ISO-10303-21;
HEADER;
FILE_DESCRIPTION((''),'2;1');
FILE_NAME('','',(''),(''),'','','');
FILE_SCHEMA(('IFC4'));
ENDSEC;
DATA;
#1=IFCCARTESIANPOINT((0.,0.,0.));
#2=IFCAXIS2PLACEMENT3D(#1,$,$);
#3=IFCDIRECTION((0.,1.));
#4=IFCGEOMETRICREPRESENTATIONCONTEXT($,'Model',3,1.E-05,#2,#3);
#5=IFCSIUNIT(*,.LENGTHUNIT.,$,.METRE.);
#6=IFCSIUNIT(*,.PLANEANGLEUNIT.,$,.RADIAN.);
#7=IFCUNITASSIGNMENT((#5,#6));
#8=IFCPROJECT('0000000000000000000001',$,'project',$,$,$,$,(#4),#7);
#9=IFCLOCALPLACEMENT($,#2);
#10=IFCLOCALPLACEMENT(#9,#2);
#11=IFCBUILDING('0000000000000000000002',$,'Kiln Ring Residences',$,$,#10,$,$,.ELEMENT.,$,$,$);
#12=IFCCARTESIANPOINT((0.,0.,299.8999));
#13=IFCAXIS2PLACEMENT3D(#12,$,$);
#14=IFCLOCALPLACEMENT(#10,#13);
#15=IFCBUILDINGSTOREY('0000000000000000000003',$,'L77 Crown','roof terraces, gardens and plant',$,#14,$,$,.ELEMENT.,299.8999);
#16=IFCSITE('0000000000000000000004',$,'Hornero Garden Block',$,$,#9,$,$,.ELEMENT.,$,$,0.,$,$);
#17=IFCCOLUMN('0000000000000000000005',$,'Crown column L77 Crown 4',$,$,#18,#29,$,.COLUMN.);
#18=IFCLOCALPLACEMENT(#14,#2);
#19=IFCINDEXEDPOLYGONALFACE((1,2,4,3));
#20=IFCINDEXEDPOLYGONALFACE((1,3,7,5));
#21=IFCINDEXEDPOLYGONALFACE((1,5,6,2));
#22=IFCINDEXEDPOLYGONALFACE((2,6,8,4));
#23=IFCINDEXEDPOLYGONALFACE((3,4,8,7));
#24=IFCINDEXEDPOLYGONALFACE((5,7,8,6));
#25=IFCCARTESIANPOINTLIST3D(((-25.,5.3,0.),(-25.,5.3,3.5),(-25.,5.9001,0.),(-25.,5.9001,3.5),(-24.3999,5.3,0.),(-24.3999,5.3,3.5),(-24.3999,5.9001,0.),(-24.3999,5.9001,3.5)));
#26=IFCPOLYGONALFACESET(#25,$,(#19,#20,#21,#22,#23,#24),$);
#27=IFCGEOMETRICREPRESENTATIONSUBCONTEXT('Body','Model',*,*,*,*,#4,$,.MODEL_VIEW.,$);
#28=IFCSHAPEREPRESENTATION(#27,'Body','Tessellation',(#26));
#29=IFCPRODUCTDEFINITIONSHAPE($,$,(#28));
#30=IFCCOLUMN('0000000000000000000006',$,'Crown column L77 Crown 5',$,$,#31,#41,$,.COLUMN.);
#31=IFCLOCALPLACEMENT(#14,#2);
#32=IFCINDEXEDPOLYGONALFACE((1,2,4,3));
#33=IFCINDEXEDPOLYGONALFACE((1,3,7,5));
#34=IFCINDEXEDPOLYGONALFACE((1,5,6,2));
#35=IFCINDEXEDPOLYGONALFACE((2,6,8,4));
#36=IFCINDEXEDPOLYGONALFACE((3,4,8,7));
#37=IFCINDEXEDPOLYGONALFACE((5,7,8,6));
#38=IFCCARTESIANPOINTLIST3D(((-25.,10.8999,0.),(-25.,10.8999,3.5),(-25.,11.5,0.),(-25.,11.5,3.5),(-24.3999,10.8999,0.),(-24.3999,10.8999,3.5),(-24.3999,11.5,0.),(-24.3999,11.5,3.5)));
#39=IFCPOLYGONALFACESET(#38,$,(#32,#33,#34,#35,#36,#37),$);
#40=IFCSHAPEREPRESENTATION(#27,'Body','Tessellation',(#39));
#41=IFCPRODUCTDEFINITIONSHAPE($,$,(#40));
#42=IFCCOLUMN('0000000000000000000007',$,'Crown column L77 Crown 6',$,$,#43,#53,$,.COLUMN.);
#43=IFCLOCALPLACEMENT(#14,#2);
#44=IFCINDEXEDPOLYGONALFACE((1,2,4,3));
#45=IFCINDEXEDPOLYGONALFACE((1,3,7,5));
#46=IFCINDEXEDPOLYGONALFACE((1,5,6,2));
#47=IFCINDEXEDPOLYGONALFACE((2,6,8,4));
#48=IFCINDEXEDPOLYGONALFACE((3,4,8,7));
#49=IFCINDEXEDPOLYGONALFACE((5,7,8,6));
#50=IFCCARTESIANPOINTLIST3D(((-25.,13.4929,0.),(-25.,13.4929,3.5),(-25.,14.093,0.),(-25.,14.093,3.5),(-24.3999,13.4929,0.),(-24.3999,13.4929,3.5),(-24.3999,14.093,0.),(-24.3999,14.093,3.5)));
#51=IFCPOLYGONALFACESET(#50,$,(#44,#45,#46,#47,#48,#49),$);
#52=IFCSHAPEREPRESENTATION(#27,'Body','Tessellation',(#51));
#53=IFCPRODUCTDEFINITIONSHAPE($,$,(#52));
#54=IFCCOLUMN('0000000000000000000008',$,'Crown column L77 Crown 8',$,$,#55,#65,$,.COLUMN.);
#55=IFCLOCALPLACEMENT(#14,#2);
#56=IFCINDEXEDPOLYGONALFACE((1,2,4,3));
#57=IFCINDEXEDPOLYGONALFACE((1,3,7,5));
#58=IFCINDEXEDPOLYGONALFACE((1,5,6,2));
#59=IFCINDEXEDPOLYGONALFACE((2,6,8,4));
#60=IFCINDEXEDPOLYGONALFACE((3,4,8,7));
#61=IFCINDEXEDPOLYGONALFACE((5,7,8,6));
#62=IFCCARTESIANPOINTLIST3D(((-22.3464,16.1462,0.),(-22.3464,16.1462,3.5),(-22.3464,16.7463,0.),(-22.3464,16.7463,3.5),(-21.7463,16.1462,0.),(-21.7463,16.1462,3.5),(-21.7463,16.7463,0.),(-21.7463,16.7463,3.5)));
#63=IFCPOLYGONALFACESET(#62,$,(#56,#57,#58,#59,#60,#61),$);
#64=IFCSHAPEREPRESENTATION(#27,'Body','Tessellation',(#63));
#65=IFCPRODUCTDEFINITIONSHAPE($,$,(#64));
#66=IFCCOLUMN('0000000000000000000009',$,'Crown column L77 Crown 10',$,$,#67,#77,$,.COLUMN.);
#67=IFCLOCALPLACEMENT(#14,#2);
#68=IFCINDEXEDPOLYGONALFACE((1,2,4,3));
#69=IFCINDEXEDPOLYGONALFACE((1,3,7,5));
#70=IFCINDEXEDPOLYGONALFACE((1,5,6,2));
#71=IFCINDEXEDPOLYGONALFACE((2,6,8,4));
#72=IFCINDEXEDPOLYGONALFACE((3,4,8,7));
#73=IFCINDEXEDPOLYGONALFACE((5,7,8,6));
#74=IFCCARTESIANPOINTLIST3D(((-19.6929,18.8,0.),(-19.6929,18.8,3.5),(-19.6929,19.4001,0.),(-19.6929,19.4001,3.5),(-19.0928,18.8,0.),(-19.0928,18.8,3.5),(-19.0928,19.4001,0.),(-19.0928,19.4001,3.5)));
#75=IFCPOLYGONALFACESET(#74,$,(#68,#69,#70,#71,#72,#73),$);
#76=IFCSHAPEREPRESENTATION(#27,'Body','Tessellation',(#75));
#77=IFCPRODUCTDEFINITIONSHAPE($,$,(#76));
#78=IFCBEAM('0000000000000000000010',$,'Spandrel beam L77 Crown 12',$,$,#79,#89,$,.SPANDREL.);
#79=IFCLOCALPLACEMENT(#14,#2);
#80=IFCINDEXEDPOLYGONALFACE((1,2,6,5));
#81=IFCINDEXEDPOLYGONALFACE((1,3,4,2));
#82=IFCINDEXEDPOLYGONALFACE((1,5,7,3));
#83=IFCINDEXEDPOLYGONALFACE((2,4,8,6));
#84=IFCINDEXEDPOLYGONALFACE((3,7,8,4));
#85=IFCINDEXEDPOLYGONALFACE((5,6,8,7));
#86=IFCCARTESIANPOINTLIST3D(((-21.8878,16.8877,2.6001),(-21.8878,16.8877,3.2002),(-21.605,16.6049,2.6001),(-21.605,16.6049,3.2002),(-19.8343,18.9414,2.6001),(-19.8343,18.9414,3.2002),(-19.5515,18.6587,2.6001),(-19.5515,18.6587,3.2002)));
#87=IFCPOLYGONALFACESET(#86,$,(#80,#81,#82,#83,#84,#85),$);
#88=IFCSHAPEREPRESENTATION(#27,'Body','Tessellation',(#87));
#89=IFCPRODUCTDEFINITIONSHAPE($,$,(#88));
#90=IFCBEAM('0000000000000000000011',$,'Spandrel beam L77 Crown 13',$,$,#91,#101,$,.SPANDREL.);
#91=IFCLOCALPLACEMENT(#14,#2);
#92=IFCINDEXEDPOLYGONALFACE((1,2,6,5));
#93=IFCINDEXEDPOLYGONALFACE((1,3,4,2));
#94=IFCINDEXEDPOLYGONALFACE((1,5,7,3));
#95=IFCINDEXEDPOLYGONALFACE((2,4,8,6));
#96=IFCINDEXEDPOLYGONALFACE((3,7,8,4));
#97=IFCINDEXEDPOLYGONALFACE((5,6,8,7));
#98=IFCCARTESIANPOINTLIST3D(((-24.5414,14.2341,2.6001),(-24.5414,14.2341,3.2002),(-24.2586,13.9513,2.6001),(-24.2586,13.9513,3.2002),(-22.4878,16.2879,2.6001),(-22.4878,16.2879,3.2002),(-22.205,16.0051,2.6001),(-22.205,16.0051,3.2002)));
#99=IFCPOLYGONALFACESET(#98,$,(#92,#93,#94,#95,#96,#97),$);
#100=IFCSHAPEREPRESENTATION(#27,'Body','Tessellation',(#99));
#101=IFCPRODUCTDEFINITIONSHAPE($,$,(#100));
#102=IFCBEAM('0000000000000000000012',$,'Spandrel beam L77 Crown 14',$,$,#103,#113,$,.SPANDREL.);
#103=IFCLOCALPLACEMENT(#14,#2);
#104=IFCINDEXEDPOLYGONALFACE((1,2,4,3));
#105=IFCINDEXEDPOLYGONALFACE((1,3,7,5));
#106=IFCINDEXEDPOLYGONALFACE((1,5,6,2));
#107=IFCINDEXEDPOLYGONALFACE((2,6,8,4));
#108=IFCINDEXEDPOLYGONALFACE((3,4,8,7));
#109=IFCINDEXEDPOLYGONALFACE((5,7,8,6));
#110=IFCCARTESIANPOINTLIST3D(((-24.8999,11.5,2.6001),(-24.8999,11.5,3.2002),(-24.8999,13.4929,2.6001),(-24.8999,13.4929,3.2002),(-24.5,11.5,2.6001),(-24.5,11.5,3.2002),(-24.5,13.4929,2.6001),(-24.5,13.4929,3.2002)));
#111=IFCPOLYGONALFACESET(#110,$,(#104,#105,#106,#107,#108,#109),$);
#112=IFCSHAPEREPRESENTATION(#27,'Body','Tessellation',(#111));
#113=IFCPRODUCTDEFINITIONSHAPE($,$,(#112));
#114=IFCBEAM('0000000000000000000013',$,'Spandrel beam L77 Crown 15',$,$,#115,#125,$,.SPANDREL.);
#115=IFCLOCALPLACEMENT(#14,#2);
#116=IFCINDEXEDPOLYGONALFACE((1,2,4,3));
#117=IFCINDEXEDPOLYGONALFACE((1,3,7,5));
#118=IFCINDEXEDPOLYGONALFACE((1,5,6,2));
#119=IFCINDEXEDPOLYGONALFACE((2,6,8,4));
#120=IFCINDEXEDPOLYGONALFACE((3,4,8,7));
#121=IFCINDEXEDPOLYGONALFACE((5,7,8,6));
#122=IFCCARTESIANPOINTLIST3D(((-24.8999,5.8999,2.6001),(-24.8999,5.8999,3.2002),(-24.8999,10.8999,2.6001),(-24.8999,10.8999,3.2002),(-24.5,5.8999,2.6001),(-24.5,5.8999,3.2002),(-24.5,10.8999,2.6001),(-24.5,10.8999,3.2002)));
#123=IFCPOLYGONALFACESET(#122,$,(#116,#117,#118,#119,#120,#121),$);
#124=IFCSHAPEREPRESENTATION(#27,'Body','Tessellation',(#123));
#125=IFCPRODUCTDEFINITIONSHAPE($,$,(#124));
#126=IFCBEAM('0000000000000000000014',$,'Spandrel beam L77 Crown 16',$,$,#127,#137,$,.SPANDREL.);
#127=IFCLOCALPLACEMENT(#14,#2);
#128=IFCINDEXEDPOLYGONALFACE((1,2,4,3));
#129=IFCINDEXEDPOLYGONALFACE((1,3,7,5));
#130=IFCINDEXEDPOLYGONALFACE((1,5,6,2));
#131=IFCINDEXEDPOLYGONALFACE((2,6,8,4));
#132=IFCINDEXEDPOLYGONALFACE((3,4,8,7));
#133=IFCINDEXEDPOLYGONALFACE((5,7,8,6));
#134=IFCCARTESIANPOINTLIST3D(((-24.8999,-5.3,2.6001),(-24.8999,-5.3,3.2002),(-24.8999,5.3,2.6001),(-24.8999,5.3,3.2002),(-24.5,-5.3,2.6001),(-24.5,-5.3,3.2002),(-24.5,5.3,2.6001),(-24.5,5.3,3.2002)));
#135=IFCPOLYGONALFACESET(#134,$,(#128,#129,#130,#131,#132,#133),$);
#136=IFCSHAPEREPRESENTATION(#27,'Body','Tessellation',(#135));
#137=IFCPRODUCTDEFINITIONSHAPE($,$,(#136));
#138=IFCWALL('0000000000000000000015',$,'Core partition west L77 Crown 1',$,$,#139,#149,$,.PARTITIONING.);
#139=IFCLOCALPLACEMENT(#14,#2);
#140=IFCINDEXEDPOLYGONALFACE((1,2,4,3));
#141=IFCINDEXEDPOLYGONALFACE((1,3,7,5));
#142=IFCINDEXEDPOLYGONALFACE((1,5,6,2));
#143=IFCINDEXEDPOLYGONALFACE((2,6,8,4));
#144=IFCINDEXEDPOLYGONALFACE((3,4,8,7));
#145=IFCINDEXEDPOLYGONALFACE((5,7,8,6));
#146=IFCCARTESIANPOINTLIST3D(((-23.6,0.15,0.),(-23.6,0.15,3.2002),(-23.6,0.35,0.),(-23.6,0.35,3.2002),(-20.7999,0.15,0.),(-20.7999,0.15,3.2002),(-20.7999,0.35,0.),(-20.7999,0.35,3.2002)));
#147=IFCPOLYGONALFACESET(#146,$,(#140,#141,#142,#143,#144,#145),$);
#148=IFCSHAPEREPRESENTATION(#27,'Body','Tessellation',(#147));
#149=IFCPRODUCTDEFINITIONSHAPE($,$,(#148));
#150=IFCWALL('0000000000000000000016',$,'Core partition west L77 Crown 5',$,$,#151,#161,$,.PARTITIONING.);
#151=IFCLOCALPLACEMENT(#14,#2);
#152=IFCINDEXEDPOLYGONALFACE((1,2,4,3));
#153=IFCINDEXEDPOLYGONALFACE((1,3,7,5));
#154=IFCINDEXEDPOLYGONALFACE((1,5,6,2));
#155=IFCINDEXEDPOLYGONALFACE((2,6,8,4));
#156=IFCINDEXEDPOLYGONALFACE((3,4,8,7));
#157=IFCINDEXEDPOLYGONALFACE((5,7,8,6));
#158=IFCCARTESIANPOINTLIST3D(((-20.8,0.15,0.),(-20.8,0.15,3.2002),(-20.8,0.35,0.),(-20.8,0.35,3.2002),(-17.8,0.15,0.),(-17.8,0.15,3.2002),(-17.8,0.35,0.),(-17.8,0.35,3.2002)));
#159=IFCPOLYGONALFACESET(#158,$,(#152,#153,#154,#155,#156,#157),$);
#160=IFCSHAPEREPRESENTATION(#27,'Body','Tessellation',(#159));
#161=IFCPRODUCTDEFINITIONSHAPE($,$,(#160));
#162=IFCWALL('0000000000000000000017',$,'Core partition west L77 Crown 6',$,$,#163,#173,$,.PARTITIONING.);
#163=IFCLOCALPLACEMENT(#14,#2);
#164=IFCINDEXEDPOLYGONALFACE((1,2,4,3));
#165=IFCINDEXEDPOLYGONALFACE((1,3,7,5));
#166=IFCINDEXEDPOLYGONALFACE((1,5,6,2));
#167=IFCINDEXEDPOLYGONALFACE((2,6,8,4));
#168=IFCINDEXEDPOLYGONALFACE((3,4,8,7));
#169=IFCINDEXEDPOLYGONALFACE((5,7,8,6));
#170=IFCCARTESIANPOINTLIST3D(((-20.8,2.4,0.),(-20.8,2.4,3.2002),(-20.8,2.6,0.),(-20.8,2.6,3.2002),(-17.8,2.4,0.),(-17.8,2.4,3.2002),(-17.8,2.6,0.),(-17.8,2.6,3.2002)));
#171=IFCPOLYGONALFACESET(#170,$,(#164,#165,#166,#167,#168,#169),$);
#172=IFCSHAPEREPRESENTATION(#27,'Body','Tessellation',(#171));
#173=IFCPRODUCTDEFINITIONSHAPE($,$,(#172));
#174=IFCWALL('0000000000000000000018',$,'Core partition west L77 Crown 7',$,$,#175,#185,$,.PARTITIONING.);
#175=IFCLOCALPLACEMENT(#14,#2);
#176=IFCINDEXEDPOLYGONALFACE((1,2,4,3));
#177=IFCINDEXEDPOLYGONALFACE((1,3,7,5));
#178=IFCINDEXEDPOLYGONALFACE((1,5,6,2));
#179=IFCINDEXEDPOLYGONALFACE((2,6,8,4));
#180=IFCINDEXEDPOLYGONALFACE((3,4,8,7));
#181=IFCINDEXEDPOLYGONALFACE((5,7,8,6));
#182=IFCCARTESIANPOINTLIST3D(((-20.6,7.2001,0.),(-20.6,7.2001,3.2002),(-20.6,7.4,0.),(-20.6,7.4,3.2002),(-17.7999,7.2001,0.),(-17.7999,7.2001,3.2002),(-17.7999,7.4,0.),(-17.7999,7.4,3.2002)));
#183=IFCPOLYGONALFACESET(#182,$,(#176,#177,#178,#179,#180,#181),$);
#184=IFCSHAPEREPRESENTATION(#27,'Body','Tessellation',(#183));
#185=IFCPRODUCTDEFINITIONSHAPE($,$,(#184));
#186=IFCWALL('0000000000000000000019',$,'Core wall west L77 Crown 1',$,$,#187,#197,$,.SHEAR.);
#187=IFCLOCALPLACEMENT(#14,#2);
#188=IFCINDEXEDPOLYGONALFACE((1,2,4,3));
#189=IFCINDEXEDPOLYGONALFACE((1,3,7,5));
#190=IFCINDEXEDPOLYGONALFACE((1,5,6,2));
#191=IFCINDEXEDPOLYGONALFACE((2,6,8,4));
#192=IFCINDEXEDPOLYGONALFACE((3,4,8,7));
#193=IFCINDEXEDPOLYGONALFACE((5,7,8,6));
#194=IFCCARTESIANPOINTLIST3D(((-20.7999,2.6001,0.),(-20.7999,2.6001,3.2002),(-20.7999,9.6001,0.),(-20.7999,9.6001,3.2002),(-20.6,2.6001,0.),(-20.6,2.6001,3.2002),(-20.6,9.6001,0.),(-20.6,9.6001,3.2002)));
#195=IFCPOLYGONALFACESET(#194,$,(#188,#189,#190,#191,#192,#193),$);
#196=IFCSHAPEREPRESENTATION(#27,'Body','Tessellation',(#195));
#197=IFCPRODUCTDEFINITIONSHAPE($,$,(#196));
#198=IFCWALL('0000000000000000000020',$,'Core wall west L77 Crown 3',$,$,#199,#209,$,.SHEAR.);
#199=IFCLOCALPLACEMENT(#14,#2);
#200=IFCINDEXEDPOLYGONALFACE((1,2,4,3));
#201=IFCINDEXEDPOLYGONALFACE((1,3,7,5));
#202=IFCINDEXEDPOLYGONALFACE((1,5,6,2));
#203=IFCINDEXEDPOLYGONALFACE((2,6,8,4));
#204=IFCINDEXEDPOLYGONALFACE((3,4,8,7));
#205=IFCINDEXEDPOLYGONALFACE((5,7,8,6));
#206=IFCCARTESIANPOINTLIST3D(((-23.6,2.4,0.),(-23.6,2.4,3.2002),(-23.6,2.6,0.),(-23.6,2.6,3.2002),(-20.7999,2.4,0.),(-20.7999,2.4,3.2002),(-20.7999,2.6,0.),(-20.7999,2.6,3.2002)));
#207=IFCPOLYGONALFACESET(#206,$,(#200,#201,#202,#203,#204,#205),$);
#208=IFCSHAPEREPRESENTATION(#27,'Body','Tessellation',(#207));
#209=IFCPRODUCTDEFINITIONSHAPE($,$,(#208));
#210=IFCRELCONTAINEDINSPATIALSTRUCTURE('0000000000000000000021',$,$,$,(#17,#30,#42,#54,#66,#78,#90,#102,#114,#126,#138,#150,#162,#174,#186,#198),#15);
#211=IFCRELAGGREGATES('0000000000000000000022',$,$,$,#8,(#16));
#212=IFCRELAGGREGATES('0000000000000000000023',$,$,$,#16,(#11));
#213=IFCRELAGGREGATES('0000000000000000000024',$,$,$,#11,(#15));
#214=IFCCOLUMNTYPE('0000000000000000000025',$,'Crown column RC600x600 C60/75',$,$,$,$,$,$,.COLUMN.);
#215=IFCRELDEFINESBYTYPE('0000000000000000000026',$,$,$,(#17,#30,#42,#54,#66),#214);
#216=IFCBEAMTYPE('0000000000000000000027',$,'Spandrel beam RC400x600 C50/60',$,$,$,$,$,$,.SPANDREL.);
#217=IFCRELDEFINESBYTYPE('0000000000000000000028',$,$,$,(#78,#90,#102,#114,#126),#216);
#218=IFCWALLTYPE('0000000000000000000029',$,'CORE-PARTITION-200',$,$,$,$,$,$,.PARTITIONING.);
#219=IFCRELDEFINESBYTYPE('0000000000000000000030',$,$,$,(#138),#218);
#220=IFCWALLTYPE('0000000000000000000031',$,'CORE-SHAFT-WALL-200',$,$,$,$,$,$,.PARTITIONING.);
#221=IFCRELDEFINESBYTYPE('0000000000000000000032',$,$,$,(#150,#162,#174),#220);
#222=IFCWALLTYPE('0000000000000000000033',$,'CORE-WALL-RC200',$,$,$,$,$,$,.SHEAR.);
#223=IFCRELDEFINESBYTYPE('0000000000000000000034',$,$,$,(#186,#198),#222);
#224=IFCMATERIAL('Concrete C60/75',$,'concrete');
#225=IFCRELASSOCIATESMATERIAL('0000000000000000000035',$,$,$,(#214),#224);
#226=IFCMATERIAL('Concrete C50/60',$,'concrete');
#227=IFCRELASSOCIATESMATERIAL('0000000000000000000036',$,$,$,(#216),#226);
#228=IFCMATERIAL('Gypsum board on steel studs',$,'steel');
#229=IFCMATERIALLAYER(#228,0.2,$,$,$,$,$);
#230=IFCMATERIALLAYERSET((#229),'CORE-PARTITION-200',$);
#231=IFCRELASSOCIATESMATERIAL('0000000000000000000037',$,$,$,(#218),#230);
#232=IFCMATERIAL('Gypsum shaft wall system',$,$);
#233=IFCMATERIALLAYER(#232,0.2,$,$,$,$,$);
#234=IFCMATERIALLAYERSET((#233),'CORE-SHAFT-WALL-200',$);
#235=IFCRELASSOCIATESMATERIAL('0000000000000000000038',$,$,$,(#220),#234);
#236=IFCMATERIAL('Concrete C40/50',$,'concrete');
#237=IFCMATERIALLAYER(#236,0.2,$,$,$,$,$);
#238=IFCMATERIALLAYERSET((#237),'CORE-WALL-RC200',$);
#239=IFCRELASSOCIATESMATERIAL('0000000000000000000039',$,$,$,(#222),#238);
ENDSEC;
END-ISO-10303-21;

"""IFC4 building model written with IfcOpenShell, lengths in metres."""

from ifc_helpers import new_model, si_unit, direction, frame, frame_2d, origin, origin_2d, place, context, subcontext, project, spatial, rectangle, extrude, material, layer, layer_set, material_profile, profile_set, type_object, element, save


model = new_model("IFC4")

# Units and contexts
model_context = context("Model", 3, precision=1e-05, world=origin(), true_north=direction((0.0, 1.0)))
body_context = subcontext(model_context, "Body", "Model", "MODEL_VIEW")
ifc_project = project(units=[si_unit("LENGTHUNIT", "METRE"), si_unit("PLANEANGLEUNIT", "RADIAN")], contexts=[model_context])

# Site, building, storey
site_placement = place(None, origin())
site = spatial("IfcSite", under=ifc_project, at=site_placement, Name="Hornero Garden Block", CompositionType="ELEMENT", RefElevation=0.0)
building_placement = place(site_placement, origin())
building = spatial("IfcBuilding", under=site, at=building_placement, Name="Kiln Ring Residences", CompositionType="ELEMENT")
storey_placement = place(building_placement, frame((0.0, 0.0, 299.8999)))
storey = spatial("IfcBuildingStorey", under=building, at=storey_placement, Name="L77 Crown", Description="roof terraces, gardens and plant", CompositionType="ELEMENT", Elevation=299.8999)

# Columns
ifc_material_1 = material(Name="Concrete C60/75", Category="concrete")
ifc_material_profile_1 = material_profile(ifc_material_1, rectangle(XDim=0.6001, YDim=0.6001, at=origin_2d()), Name="RC600x600")
ifc_profile_set_1 = profile_set([ifc_material_profile_1], Name="Concrete C60/75")
column_type = type_object("IfcColumnType", Name="Crown column RC600x600 C60/75", PredefinedType="COLUMN", material=ifc_profile_set_1)
for number, where, z_axis, x_axis, name in (
    (1, (-24.7, 5.6001, 0.0), (0.0, 0.0, 1.0), (1.0, 0.0, 0.0), "Crown column L77 Crown 4"),
    (2, (-24.7, 11.2, 0.0), (0.0, 0.0, 1.0), (1.0, 0.0, 0.0), "Crown column L77 Crown 5"),
    (3, (-24.7, 13.793, 0.0), (0.0, 0.0, 1.0), (1.0, 0.0, 0.0), "Crown column L77 Crown 6"),
    (4, (-22.0464, 16.4463, 0.0), (0.0, 0.0, 1.0), (1.0, 0.0, 0.0), "Crown column L77 Crown 8"),
    (5, (-19.3928, 19.1001, 0.0), (0.0, 0.0, 1.0), (1.0, 0.0, 0.0), "Crown column L77 Crown 10"),
):
    element("IfcColumn", number, at=place(storey_placement, frame(where, z_axis=z_axis, x_axis=x_axis)), inside=storey, type_object=column_type, Name=name, PredefinedType="COLUMN", context=body_context, shape_type="SweptSolid", body=[
        extrude(rectangle(XDim=0.6001, YDim=0.6001, at=origin_2d()), origin(), (0.0, 0.0, 1.0), 3.5),
    ])

# Beams
ifc_material_2 = material(Name="Concrete C50/60", Category="concrete")
ifc_material_profile_2 = material_profile(ifc_material_2, rectangle(XDim=0.3999, YDim=0.6001, at=origin_2d()), Name="RC400x600")
ifc_profile_set_2 = profile_set([ifc_material_profile_2], Name="Concrete C50/60")
beam_type = type_object("IfcBeamType", Name="Spandrel beam RC400x600 C50/60", PredefinedType="SPANDREL", material=ifc_profile_set_2)
for number, where, z_axis, x_axis, name in (
    (6, (-19.6929, 18.8, 2.9001), (-0.707065, -0.707149, 0.0), (0.707149, -0.707065, 0.0), "Spandrel beam L77 Crown 12"),
    (7, (-22.3464, 16.1465, 2.9001), (-0.707065, -0.707149, 0.0), (0.707149, -0.707065, 0.0), "Spandrel beam L77 Crown 13"),
):
    element("IfcBeam", number, at=place(storey_placement, frame(where, z_axis=z_axis, x_axis=x_axis)), inside=storey, type_object=beam_type, Name=name, PredefinedType="SPANDREL", context=body_context, shape_type="SweptSolid", body=[
        extrude(rectangle(XDim=0.3999, YDim=0.6001, at=origin_2d()), origin(), (0.0, 0.0, 1.0), 2.9043),
    ])
beam_1_placement = place(storey_placement, frame((-24.7, 13.4929, 2.9001), z_axis=(0.0, -1.0, 0.0), x_axis=(1.0, 0.0, 0.0)))
element("IfcBeam", 8, at=beam_1_placement, inside=storey, type_object=beam_type, Name="Spandrel beam L77 Crown 14", PredefinedType="SPANDREL", context=body_context, shape_type="SweptSolid", body=[
    extrude(rectangle(XDim=0.3999, YDim=0.6001, at=origin_2d()), origin(), (0.0, 0.0, 1.0), 1.9929),
])
beam_2_placement = place(storey_placement, frame((-24.7, 10.8999, 2.9001), z_axis=(0.0, -1.0, 0.0), x_axis=(1.0, 0.0, 0.0)))
element("IfcBeam", 9, at=beam_2_placement, inside=storey, type_object=beam_type, Name="Spandrel beam L77 Crown 15", PredefinedType="SPANDREL", context=body_context, shape_type="SweptSolid", body=[
    extrude(rectangle(XDim=0.3999, YDim=0.6001, at=origin_2d()), origin(), (0.0, 0.0, 1.0), 5.0),
])
beam_3_placement = place(storey_placement, frame((-24.7, 5.3, 2.9001), z_axis=(0.0, -1.0, 0.0), x_axis=(1.0, 0.0, 0.0)))
element("IfcBeam", 10, at=beam_3_placement, inside=storey, type_object=beam_type, Name="Spandrel beam L77 Crown 16", PredefinedType="SPANDREL", context=body_context, shape_type="SweptSolid", body=[
    extrude(rectangle(XDim=0.3999, YDim=0.6001, at=origin_2d()), origin(), (0.0, 0.0, 1.0), 10.6001),
])

# Walls
ifc_material_3 = material(Name="Gypsum board on steel studs", Category="steel")
ifc_layer_1 = layer(ifc_material_3, 0.2)
ifc_layer_set_1 = layer_set([ifc_layer_1], Name="CORE-PARTITION-200")
wall_type_1 = type_object("IfcWallType", Name="CORE-PARTITION-200", PredefinedType="PARTITIONING", material=ifc_layer_set_1)
wall_1_placement = place(storey_placement, frame((-20.8, 0.25, 0.0), z_axis=(0.0, 0.0, 1.0), x_axis=(-1.0, 0.0, 0.0)))
element("IfcWall", 11, at=wall_1_placement, inside=storey, type_object=wall_type_1, Name="Core partition west L77 Crown 1", PredefinedType="PARTITIONING", context=body_context, shape_type="SweptSolid", body=[
    extrude(rectangle(XDim=2.8, YDim=0.2, at=frame_2d((1.3999, 0.0))), origin(), (0.0, 0.0, 1.0), 3.2002),
])
ifc_material_4 = material(Name="Gypsum shaft wall system")
ifc_layer_2 = layer(ifc_material_4, 0.2)
ifc_layer_set_2 = layer_set([ifc_layer_2], Name="CORE-SHAFT-WALL-200")
wall_type_2 = type_object("IfcWallType", Name="CORE-SHAFT-WALL-200", PredefinedType="PARTITIONING", material=ifc_layer_set_2)
for number, where, z_axis, x_axis, name in (
    (12, (-17.8, 0.25, 0.0), (0.0, 0.0, 1.0), (-1.0, 0.0, 0.0), "Core partition west L77 Crown 5"),
    (13, (-17.8, 2.5, 0.0), (0.0, 0.0, 1.0), (-1.0, 0.0, 0.0), "Core partition west L77 Crown 6"),
):
    element("IfcWall", number, at=place(storey_placement, frame(where, z_axis=z_axis, x_axis=x_axis)), inside=storey, type_object=wall_type_2, Name=name, PredefinedType="PARTITIONING", context=body_context, shape_type="SweptSolid", body=[
        extrude(rectangle(XDim=3.0, YDim=0.2, at=frame_2d((1.5, 0.0))), origin(), (0.0, 0.0, 1.0), 3.2002),
    ])
wall_2_placement = place(storey_placement, frame((-17.8, 7.3, 0.0), z_axis=(0.0, 0.0, 1.0), x_axis=(-1.0, 0.0, 0.0)))
element("IfcWall", 14, at=wall_2_placement, inside=storey, type_object=wall_type_2, Name="Core partition west L77 Crown 7", PredefinedType="PARTITIONING", context=body_context, shape_type="SweptSolid", body=[
    extrude(rectangle(XDim=2.8, YDim=0.2, at=frame_2d((1.3999, 0.0))), origin(), (0.0, 0.0, 1.0), 3.2002),
])
ifc_material_5 = material(Name="Concrete C40/50", Category="concrete")
ifc_layer_3 = layer(ifc_material_5, 0.2)
ifc_layer_set_3 = layer_set([ifc_layer_3], Name="CORE-WALL-RC200")
wall_type_3 = type_object("IfcWallType", Name="CORE-WALL-RC200", PredefinedType="SHEAR", material=ifc_layer_set_3)
wall_3_placement = place(storey_placement, frame((-20.7, 2.6001, 0.0), z_axis=(0.0, 0.0, 1.0), x_axis=(0.0, 1.0, 0.0)))
element("IfcWall", 15, at=wall_3_placement, inside=storey, type_object=wall_type_3, Name="Core wall west L77 Crown 1", PredefinedType="SHEAR", context=body_context, shape_type="SweptSolid", body=[
    extrude(rectangle(XDim=7.0, YDim=0.2, at=frame_2d((3.5, 0.0))), origin(), (0.0, 0.0, 1.0), 3.2002),
])
wall_4_placement = place(storey_placement, frame((-20.8, 2.5, 0.0), z_axis=(0.0, 0.0, 1.0), x_axis=(-1.0, 0.0, 0.0)))
element("IfcWall", 16, at=wall_4_placement, inside=storey, type_object=wall_type_3, Name="Core wall west L77 Crown 3", PredefinedType="SHEAR", context=body_context, shape_type="SweptSolid", body=[
    extrude(rectangle(XDim=2.8, YDim=0.2, at=frame_2d((1.3999, 0.0))), origin(), (0.0, 0.0, 1.0), 3.2002),
])

save(model, "model.ifc")
